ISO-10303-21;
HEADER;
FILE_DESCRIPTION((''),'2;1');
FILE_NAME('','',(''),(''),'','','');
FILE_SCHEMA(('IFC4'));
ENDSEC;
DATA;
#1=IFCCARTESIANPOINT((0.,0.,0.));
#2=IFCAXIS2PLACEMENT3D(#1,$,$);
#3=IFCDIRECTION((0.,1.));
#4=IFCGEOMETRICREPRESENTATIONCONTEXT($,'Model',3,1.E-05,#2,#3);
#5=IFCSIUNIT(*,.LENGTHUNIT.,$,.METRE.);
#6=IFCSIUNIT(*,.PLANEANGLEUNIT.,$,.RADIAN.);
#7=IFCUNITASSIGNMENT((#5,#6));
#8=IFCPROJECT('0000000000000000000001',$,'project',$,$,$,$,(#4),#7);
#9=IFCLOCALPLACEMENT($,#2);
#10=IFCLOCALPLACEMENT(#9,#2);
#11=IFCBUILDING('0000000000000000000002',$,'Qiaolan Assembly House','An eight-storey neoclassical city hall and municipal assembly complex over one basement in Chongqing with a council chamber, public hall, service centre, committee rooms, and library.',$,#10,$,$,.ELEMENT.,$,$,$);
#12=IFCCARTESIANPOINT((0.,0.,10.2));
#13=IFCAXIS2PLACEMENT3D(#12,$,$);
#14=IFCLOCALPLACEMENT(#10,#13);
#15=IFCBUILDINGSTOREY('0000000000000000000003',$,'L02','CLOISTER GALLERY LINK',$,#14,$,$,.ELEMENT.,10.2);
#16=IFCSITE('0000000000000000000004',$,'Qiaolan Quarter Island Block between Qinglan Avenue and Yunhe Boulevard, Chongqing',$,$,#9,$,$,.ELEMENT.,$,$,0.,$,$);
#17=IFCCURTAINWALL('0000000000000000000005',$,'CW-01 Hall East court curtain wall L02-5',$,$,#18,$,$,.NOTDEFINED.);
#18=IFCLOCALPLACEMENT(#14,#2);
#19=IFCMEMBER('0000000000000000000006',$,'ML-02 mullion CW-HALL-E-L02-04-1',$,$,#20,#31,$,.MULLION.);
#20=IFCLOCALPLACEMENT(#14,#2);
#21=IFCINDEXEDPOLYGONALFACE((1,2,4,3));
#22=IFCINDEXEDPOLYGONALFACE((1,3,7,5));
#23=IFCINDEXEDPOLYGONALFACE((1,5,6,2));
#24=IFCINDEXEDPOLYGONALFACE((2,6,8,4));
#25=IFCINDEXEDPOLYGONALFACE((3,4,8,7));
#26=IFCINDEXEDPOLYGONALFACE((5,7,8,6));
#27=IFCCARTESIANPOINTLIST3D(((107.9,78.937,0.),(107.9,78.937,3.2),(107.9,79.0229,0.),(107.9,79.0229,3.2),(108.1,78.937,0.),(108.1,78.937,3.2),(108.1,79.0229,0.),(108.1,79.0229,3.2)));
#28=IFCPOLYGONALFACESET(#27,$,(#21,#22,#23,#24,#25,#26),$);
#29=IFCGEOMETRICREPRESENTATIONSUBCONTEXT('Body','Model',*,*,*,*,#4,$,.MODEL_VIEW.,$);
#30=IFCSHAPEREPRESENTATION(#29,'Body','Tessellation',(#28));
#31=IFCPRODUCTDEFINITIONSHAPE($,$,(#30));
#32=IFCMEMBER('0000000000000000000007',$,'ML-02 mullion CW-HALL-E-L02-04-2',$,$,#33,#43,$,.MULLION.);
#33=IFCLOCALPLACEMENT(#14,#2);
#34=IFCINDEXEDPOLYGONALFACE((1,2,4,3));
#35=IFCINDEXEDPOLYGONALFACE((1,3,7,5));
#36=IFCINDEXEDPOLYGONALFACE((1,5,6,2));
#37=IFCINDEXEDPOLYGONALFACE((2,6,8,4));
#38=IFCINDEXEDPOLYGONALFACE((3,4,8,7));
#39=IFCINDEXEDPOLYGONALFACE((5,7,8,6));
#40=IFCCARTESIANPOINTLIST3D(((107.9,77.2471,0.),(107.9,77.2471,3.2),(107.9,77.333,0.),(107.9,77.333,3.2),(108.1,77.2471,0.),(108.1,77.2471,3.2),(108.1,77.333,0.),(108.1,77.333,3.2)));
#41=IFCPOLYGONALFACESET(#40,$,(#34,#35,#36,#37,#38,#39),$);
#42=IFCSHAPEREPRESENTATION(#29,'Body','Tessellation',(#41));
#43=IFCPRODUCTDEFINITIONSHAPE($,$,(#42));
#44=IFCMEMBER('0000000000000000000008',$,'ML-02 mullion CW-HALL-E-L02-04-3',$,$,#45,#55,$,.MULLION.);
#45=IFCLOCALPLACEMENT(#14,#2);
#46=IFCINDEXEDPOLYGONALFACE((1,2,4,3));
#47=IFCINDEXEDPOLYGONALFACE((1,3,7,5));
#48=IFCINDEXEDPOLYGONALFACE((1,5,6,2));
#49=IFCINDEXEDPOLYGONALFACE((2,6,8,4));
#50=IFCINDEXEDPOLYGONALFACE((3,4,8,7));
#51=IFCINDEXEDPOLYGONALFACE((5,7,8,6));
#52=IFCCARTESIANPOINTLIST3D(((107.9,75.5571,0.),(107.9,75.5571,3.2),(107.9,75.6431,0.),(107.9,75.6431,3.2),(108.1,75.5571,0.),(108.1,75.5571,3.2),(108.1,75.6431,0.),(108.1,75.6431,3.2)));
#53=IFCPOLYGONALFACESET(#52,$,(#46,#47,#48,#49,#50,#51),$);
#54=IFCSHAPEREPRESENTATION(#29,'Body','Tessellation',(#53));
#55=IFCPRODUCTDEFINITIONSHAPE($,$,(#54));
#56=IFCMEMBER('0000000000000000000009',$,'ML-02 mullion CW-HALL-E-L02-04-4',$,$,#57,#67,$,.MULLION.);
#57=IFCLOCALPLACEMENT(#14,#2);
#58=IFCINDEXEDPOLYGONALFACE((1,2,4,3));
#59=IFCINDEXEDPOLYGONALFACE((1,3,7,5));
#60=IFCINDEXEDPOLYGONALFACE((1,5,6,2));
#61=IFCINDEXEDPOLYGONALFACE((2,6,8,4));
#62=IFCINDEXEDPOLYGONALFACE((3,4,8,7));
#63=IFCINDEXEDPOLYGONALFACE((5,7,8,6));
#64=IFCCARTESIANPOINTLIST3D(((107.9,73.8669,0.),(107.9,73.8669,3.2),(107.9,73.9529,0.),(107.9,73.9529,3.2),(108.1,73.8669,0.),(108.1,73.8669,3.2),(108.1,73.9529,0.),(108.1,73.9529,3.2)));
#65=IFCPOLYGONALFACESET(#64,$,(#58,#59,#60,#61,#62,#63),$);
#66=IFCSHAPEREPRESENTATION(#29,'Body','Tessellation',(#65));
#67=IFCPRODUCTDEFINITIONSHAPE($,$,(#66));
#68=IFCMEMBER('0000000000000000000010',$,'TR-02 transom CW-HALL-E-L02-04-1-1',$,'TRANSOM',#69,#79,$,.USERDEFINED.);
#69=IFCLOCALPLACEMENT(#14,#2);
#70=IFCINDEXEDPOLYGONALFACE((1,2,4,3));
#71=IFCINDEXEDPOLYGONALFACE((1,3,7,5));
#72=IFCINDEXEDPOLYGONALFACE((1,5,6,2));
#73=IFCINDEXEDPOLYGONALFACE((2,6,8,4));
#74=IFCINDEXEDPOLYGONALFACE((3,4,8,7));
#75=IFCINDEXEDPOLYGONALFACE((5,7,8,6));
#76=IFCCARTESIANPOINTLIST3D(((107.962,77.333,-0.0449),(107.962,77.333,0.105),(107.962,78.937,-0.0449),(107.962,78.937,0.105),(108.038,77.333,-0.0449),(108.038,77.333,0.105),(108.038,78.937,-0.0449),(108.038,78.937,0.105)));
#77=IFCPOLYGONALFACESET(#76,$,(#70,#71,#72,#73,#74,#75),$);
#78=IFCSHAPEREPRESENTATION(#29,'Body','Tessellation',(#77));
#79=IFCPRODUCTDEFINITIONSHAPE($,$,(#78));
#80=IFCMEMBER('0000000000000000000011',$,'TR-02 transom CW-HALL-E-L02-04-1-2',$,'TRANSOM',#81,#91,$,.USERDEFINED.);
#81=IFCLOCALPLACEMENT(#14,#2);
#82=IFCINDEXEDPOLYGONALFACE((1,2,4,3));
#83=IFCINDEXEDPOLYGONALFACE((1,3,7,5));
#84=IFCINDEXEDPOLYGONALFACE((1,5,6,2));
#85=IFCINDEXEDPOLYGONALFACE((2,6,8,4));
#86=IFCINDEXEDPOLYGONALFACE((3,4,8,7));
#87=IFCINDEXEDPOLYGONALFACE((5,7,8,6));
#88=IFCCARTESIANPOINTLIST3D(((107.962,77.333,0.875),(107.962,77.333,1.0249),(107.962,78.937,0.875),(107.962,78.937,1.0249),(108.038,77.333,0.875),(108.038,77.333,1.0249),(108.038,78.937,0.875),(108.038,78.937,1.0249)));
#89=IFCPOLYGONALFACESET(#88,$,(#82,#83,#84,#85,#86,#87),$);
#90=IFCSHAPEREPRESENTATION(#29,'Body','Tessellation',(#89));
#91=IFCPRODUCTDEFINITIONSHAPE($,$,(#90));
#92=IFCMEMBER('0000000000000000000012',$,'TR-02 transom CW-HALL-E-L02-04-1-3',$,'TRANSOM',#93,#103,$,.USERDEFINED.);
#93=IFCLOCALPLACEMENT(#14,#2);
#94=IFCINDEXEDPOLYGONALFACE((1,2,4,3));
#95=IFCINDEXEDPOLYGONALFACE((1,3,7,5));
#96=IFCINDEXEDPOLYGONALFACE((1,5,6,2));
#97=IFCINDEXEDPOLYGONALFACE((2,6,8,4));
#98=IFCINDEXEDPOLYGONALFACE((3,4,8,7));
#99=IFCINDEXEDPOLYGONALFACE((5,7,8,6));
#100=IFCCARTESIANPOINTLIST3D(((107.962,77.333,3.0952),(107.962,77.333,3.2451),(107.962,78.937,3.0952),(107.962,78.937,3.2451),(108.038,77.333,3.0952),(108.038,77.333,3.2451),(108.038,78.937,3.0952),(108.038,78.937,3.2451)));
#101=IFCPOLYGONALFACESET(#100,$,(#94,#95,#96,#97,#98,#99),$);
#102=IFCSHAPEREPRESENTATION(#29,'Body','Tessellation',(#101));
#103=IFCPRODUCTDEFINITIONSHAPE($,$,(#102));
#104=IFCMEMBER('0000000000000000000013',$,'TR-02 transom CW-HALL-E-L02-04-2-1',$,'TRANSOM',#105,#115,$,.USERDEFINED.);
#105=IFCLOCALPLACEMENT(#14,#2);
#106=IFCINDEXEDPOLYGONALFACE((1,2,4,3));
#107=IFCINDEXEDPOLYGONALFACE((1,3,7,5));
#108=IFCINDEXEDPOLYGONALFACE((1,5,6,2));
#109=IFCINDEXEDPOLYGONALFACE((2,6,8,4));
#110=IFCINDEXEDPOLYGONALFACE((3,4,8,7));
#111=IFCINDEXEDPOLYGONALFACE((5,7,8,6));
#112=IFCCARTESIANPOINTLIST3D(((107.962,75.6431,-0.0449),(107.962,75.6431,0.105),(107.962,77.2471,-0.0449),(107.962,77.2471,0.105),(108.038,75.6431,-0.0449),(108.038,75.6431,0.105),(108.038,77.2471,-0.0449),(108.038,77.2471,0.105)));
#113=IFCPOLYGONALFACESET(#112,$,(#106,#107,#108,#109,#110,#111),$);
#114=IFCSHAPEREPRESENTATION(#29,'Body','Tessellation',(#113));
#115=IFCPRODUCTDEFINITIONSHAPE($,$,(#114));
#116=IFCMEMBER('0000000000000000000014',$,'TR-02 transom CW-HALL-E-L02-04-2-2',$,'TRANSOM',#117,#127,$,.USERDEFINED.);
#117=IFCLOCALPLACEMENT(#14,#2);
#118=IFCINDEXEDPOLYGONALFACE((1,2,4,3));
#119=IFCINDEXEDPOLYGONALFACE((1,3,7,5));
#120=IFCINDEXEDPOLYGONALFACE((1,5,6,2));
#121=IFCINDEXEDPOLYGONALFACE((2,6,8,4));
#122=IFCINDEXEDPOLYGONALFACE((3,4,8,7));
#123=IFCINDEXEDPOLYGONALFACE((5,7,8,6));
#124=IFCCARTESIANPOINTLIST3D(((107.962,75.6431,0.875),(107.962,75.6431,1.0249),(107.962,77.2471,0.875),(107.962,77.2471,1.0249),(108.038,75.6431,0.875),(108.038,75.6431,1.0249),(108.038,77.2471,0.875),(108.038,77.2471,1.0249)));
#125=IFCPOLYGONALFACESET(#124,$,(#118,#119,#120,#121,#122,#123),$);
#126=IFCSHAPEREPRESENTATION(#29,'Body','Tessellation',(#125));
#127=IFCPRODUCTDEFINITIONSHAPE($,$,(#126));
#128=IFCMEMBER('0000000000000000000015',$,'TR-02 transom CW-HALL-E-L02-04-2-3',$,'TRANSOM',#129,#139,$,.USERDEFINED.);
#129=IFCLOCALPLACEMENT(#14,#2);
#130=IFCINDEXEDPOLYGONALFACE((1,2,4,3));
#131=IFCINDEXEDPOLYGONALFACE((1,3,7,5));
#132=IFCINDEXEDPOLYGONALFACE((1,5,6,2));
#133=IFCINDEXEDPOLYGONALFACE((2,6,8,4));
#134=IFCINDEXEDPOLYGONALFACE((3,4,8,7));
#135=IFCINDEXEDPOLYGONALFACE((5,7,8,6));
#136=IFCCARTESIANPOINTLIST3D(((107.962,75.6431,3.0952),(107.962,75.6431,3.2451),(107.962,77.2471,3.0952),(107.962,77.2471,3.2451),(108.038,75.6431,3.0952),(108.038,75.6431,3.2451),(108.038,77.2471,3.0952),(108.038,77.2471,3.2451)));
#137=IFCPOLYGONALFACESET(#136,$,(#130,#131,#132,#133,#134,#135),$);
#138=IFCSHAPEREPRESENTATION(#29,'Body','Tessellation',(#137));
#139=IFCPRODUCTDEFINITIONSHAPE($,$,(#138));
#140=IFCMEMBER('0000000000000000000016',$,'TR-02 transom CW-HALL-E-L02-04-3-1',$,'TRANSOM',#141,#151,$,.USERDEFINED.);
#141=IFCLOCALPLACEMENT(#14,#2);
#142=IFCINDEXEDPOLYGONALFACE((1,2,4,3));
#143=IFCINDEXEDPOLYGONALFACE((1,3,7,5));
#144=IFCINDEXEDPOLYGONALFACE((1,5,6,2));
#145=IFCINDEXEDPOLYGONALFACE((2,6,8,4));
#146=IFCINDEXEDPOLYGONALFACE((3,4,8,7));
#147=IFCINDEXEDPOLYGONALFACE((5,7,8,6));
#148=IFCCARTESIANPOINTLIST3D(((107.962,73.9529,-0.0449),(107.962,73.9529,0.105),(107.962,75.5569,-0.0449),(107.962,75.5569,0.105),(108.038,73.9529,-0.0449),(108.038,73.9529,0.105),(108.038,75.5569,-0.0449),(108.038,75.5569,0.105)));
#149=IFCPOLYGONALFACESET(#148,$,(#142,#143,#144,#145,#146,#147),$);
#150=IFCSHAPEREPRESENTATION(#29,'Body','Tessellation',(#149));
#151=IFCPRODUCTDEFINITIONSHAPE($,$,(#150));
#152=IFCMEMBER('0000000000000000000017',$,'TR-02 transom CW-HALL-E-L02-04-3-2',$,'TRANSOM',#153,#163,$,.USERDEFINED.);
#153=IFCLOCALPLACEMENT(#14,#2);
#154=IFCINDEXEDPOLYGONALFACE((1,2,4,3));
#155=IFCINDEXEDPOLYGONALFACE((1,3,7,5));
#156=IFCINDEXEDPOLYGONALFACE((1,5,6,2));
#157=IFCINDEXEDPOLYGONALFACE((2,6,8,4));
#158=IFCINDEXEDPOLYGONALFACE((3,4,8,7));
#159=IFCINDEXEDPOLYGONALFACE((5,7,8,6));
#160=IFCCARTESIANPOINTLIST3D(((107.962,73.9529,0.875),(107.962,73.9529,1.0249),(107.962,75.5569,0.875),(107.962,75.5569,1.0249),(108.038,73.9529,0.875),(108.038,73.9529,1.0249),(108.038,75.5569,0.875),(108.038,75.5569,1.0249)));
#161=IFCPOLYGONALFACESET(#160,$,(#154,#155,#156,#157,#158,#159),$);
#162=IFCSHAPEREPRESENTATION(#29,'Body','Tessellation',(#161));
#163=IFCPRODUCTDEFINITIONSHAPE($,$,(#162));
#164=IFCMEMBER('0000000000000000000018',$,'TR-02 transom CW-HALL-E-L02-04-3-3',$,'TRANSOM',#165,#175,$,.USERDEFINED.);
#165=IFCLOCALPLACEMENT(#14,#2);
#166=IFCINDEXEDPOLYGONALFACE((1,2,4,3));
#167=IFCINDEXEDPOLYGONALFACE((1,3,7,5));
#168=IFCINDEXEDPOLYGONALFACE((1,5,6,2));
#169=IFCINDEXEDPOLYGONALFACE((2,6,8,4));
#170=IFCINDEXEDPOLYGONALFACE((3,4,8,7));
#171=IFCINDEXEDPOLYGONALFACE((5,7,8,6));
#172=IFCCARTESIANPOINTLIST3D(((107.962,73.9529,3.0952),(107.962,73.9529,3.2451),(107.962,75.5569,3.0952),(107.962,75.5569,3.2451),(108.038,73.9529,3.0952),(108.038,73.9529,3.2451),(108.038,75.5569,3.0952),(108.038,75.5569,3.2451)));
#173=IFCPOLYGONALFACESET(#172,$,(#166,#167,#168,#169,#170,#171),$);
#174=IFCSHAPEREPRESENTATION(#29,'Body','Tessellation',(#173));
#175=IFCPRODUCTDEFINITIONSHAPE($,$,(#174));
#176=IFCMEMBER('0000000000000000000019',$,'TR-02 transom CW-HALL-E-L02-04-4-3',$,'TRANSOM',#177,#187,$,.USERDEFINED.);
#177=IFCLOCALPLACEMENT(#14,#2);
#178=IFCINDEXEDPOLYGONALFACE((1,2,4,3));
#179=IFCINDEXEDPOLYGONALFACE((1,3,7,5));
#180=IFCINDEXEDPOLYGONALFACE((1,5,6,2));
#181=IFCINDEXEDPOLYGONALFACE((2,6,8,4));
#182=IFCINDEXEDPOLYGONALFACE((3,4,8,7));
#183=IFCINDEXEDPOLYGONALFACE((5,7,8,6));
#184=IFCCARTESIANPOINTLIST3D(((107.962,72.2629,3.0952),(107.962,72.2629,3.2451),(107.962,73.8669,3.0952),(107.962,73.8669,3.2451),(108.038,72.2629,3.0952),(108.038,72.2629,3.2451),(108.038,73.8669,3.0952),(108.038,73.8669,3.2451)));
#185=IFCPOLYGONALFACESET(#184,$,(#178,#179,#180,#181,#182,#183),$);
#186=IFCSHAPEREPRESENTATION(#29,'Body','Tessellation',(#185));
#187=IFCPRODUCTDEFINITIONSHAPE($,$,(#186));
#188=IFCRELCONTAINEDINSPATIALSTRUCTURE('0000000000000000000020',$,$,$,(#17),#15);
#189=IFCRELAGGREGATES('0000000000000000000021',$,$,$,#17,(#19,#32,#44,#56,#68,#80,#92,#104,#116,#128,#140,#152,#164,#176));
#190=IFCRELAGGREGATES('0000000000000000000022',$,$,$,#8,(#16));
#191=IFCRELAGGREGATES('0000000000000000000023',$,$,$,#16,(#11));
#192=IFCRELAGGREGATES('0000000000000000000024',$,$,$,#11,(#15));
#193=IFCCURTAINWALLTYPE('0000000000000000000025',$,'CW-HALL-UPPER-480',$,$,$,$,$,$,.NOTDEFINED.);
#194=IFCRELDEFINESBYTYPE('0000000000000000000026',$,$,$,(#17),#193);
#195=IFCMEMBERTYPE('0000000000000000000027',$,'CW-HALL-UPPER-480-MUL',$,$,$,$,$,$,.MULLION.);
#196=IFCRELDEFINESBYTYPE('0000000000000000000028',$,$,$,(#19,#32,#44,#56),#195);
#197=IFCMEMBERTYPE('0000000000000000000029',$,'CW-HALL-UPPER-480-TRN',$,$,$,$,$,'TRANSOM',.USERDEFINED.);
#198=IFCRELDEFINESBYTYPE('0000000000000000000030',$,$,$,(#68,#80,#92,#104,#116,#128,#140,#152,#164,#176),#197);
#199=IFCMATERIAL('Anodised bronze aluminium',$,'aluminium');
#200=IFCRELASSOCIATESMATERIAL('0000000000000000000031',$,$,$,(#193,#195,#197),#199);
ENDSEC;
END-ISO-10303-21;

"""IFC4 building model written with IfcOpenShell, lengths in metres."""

from ifc_helpers import new_model, si_unit, direction, frame, origin, origin_2d, place, context, subcontext, project, spatial, rectangle, extrude, material, material_profile, profile_set, type_object, element, aggregate, save


model = new_model("IFC4")

# Units and contexts
model_context = context("Model", 3, precision=1e-05, world=origin(), true_north=direction((0.0, 1.0)))
body_context = subcontext(model_context, "Body", "Model", "MODEL_VIEW")
ifc_project = project(units=[si_unit("LENGTHUNIT", "METRE"), si_unit("PLANEANGLEUNIT", "RADIAN")], contexts=[model_context])

# Site, building, storey
site_placement = place(None, origin())
site = spatial("IfcSite", under=ifc_project, at=site_placement, Name="Qiaolan Quarter Island Block between Qinglan Avenue and Yunhe Boulevard, Chongqing", CompositionType="ELEMENT", RefElevation=0.0)
building_placement = place(site_placement, origin())
building = spatial("IfcBuilding", under=site, at=building_placement, Name="Qiaolan Assembly House", Description="An eight-storey neoclassical city hall and municipal assembly complex over one basement in Chongqing with a council chamber, public hall, service centre, committee rooms, and library.", CompositionType="ELEMENT")
storey_placement = place(building_placement, frame((0.0, 0.0, 10.2)))
storey = spatial("IfcBuildingStorey", under=building, at=storey_placement, Name="L02", Description="CLOISTER GALLERY LINK", CompositionType="ELEMENT", Elevation=10.2)

# Curtain wall, members
ifc_material_1 = material(Name="Anodised bronze aluminium", Category="aluminium")
curtain_wall_type = type_object("IfcCurtainWallType", Name="CW-HALL-UPPER-480", PredefinedType="NOTDEFINED", material=ifc_material_1)
curtain_wall_placement = place(storey_placement, origin())
curtain_wall = element("IfcCurtainWall", 1, at=curtain_wall_placement, inside=storey, type_object=curtain_wall_type, Name="CW-01 Hall East court curtain wall L02-5", PredefinedType="NOTDEFINED")
ifc_material_profile_1 = material_profile(ifc_material_1, rectangle(XDim=0.0859, YDim=0.2, at=origin_2d()), Name="MUL 86x200")
ifc_profile_set_1 = profile_set([ifc_material_profile_1], Name="Anodised bronze aluminium")
member_type_1 = type_object("IfcMemberType", Name="CW-HALL-UPPER-480-MUL", PredefinedType="MULLION", material=ifc_profile_set_1)
member_1_placement = place(storey_placement, frame((108.0, 78.98, 0.0), z_axis=(0.0, 0.0, 1.0), x_axis=(0.0, -1.0, 0.0)))
member_1 = element("IfcMember", 2, at=member_1_placement, type_object=member_type_1, Name="ML-02 mullion CW-HALL-E-L02-04-1", PredefinedType="MULLION", context=body_context, shape_type="SweptSolid", body=[
    extrude(rectangle(XDim=0.0859, YDim=0.2, at=origin_2d()), origin(), (0.0, 0.0, 1.0), 3.2),
])
member_2_placement = place(storey_placement, frame((108.0, 77.29, 0.0), z_axis=(0.0, 0.0, 1.0), x_axis=(0.0, -1.0, 0.0)))
member_2 = element("IfcMember", 3, at=member_2_placement, type_object=member_type_1, Name="ML-02 mullion CW-HALL-E-L02-04-2", PredefinedType="MULLION", context=body_context, shape_type="SweptSolid", body=[
    extrude(rectangle(XDim=0.0859, YDim=0.2, at=origin_2d()), origin(), (0.0, 0.0, 1.0), 3.2),
])
member_3_placement = place(storey_placement, frame((108.0, 75.6001, 0.0), z_axis=(0.0, 0.0, 1.0), x_axis=(0.0, -1.0, 0.0)))
member_3 = element("IfcMember", 4, at=member_3_placement, type_object=member_type_1, Name="ML-02 mullion CW-HALL-E-L02-04-3", PredefinedType="MULLION", context=body_context, shape_type="SweptSolid", body=[
    extrude(rectangle(XDim=0.0859, YDim=0.2, at=origin_2d()), origin(), (0.0, 0.0, 1.0), 3.2),
])
member_4_placement = place(storey_placement, frame((108.0, 73.9099, 0.0), z_axis=(0.0, 0.0, 1.0), x_axis=(0.0, -1.0, 0.0)))
member_4 = element("IfcMember", 5, at=member_4_placement, type_object=member_type_1, Name="ML-02 mullion CW-HALL-E-L02-04-4", PredefinedType="MULLION", context=body_context, shape_type="SweptSolid", body=[
    extrude(rectangle(XDim=0.0859, YDim=0.2, at=origin_2d()), origin(), (0.0, 0.0, 1.0), 3.2),
])
ifc_material_profile_2 = material_profile(ifc_material_1, rectangle(XDim=0.0759, YDim=0.1499, at=origin_2d()), Name="TRN 76x150")
ifc_profile_set_2 = profile_set([ifc_material_profile_2], Name="Anodised bronze aluminium")
member_type_2 = type_object("IfcMemberType", Name="CW-HALL-UPPER-480-TRN", ElementType="TRANSOM", PredefinedType="USERDEFINED", material=ifc_profile_set_2)
member_5_placement = place(storey_placement, frame((108.0, 78.937, 0.03), z_axis=(0.0, -1.0, 0.0), x_axis=(1.0, 0.0, 0.0)))
member_5 = element("IfcMember", 6, at=member_5_placement, type_object=member_type_2, Name="TR-02 transom CW-HALL-E-L02-04-1-1", ObjectType="TRANSOM", PredefinedType="USERDEFINED", context=body_context, shape_type="SweptSolid", body=[
    extrude(rectangle(XDim=0.0759, YDim=0.1499, at=origin_2d()), origin(), (0.0, 0.0, 1.0), 1.604),
])
member_6_placement = place(storey_placement, frame((108.0, 78.937, 0.95), z_axis=(0.0, -1.0, 0.0), x_axis=(1.0, 0.0, 0.0)))
member_6 = element("IfcMember", 7, at=member_6_placement, type_object=member_type_2, Name="TR-02 transom CW-HALL-E-L02-04-1-2", ObjectType="TRANSOM", PredefinedType="USERDEFINED", context=body_context, shape_type="SweptSolid", body=[
    extrude(rectangle(XDim=0.0759, YDim=0.1499, at=origin_2d()), origin(), (0.0, 0.0, 1.0), 1.604),
])
member_7_placement = place(storey_placement, frame((108.0, 78.937, 3.1702), z_axis=(0.0, -1.0, 0.0), x_axis=(1.0, 0.0, 0.0)))
member_7 = element("IfcMember", 8, at=member_7_placement, type_object=member_type_2, Name="TR-02 transom CW-HALL-E-L02-04-1-3", ObjectType="TRANSOM", PredefinedType="USERDEFINED", context=body_context, shape_type="SweptSolid", body=[
    extrude(rectangle(XDim=0.0759, YDim=0.1499, at=origin_2d()), origin(), (0.0, 0.0, 1.0), 1.604),
])
member_8_placement = place(storey_placement, frame((108.0, 77.2471, 0.03), z_axis=(0.0, -1.0, 0.0), x_axis=(1.0, 0.0, 0.0)))
member_8 = element("IfcMember", 9, at=member_8_placement, type_object=member_type_2, Name="TR-02 transom CW-HALL-E-L02-04-2-1", ObjectType="TRANSOM", PredefinedType="USERDEFINED", context=body_context, shape_type="SweptSolid", body=[
    extrude(rectangle(XDim=0.0759, YDim=0.1499, at=origin_2d()), origin(), (0.0, 0.0, 1.0), 1.604),
])
member_9_placement = place(storey_placement, frame((108.0, 77.2471, 0.95), z_axis=(0.0, -1.0, 0.0), x_axis=(1.0, 0.0, 0.0)))
member_9 = element("IfcMember", 10, at=member_9_placement, type_object=member_type_2, Name="TR-02 transom CW-HALL-E-L02-04-2-2", ObjectType="TRANSOM", PredefinedType="USERDEFINED", context=body_context, shape_type="SweptSolid", body=[
    extrude(rectangle(XDim=0.0759, YDim=0.1499, at=origin_2d()), origin(), (0.0, 0.0, 1.0), 1.604),
])
member_10_placement = place(storey_placement, frame((108.0, 77.2471, 3.1702), z_axis=(0.0, -1.0, 0.0), x_axis=(1.0, 0.0, 0.0)))
member_10 = element("IfcMember", 11, at=member_10_placement, type_object=member_type_2, Name="TR-02 transom CW-HALL-E-L02-04-2-3", ObjectType="TRANSOM", PredefinedType="USERDEFINED", context=body_context, shape_type="SweptSolid", body=[
    extrude(rectangle(XDim=0.0759, YDim=0.1499, at=origin_2d()), origin(), (0.0, 0.0, 1.0), 1.604),
])
member_11_placement = place(storey_placement, frame((108.0, 75.5569, 0.03), z_axis=(0.0, -1.0, 0.0), x_axis=(1.0, 0.0, 0.0)))
member_11 = element("IfcMember", 12, at=member_11_placement, type_object=member_type_2, Name="TR-02 transom CW-HALL-E-L02-04-3-1", ObjectType="TRANSOM", PredefinedType="USERDEFINED", context=body_context, shape_type="SweptSolid", body=[
    extrude(rectangle(XDim=0.0759, YDim=0.1499, at=origin_2d()), origin(), (0.0, 0.0, 1.0), 1.604),
])
member_12_placement = place(storey_placement, frame((108.0, 75.5569, 0.95), z_axis=(0.0, -1.0, 0.0), x_axis=(1.0, 0.0, 0.0)))
member_12 = element("IfcMember", 13, at=member_12_placement, type_object=member_type_2, Name="TR-02 transom CW-HALL-E-L02-04-3-2", ObjectType="TRANSOM", PredefinedType="USERDEFINED", context=body_context, shape_type="SweptSolid", body=[
    extrude(rectangle(XDim=0.0759, YDim=0.1499, at=origin_2d()), origin(), (0.0, 0.0, 1.0), 1.604),
])
member_13_placement = place(storey_placement, frame((108.0, 75.5569, 3.1702), z_axis=(0.0, -1.0, 0.0), x_axis=(1.0, 0.0, 0.0)))
member_13 = element("IfcMember", 14, at=member_13_placement, type_object=member_type_2, Name="TR-02 transom CW-HALL-E-L02-04-3-3", ObjectType="TRANSOM", PredefinedType="USERDEFINED", context=body_context, shape_type="SweptSolid", body=[
    extrude(rectangle(XDim=0.0759, YDim=0.1499, at=origin_2d()), origin(), (0.0, 0.0, 1.0), 1.604),
])
member_14_placement = place(storey_placement, frame((108.0, 73.8669, 3.1702), z_axis=(0.0, -1.0, 0.0), x_axis=(1.0, 0.0, 0.0)))
member_14 = element("IfcMember", 15, at=member_14_placement, type_object=member_type_2, Name="TR-02 transom CW-HALL-E-L02-04-4-3", ObjectType="TRANSOM", PredefinedType="USERDEFINED", context=body_context, shape_type="SweptSolid", body=[
    extrude(rectangle(XDim=0.0759, YDim=0.1499, at=origin_2d()), origin(), (0.0, 0.0, 1.0), 1.604),
])
aggregate(curtain_wall, [member_1, member_2, member_3, member_4, member_5, member_6, member_7, member_8, member_9, member_10, member_11, member_12, member_13, member_14])

save(model, "model.ifc")
